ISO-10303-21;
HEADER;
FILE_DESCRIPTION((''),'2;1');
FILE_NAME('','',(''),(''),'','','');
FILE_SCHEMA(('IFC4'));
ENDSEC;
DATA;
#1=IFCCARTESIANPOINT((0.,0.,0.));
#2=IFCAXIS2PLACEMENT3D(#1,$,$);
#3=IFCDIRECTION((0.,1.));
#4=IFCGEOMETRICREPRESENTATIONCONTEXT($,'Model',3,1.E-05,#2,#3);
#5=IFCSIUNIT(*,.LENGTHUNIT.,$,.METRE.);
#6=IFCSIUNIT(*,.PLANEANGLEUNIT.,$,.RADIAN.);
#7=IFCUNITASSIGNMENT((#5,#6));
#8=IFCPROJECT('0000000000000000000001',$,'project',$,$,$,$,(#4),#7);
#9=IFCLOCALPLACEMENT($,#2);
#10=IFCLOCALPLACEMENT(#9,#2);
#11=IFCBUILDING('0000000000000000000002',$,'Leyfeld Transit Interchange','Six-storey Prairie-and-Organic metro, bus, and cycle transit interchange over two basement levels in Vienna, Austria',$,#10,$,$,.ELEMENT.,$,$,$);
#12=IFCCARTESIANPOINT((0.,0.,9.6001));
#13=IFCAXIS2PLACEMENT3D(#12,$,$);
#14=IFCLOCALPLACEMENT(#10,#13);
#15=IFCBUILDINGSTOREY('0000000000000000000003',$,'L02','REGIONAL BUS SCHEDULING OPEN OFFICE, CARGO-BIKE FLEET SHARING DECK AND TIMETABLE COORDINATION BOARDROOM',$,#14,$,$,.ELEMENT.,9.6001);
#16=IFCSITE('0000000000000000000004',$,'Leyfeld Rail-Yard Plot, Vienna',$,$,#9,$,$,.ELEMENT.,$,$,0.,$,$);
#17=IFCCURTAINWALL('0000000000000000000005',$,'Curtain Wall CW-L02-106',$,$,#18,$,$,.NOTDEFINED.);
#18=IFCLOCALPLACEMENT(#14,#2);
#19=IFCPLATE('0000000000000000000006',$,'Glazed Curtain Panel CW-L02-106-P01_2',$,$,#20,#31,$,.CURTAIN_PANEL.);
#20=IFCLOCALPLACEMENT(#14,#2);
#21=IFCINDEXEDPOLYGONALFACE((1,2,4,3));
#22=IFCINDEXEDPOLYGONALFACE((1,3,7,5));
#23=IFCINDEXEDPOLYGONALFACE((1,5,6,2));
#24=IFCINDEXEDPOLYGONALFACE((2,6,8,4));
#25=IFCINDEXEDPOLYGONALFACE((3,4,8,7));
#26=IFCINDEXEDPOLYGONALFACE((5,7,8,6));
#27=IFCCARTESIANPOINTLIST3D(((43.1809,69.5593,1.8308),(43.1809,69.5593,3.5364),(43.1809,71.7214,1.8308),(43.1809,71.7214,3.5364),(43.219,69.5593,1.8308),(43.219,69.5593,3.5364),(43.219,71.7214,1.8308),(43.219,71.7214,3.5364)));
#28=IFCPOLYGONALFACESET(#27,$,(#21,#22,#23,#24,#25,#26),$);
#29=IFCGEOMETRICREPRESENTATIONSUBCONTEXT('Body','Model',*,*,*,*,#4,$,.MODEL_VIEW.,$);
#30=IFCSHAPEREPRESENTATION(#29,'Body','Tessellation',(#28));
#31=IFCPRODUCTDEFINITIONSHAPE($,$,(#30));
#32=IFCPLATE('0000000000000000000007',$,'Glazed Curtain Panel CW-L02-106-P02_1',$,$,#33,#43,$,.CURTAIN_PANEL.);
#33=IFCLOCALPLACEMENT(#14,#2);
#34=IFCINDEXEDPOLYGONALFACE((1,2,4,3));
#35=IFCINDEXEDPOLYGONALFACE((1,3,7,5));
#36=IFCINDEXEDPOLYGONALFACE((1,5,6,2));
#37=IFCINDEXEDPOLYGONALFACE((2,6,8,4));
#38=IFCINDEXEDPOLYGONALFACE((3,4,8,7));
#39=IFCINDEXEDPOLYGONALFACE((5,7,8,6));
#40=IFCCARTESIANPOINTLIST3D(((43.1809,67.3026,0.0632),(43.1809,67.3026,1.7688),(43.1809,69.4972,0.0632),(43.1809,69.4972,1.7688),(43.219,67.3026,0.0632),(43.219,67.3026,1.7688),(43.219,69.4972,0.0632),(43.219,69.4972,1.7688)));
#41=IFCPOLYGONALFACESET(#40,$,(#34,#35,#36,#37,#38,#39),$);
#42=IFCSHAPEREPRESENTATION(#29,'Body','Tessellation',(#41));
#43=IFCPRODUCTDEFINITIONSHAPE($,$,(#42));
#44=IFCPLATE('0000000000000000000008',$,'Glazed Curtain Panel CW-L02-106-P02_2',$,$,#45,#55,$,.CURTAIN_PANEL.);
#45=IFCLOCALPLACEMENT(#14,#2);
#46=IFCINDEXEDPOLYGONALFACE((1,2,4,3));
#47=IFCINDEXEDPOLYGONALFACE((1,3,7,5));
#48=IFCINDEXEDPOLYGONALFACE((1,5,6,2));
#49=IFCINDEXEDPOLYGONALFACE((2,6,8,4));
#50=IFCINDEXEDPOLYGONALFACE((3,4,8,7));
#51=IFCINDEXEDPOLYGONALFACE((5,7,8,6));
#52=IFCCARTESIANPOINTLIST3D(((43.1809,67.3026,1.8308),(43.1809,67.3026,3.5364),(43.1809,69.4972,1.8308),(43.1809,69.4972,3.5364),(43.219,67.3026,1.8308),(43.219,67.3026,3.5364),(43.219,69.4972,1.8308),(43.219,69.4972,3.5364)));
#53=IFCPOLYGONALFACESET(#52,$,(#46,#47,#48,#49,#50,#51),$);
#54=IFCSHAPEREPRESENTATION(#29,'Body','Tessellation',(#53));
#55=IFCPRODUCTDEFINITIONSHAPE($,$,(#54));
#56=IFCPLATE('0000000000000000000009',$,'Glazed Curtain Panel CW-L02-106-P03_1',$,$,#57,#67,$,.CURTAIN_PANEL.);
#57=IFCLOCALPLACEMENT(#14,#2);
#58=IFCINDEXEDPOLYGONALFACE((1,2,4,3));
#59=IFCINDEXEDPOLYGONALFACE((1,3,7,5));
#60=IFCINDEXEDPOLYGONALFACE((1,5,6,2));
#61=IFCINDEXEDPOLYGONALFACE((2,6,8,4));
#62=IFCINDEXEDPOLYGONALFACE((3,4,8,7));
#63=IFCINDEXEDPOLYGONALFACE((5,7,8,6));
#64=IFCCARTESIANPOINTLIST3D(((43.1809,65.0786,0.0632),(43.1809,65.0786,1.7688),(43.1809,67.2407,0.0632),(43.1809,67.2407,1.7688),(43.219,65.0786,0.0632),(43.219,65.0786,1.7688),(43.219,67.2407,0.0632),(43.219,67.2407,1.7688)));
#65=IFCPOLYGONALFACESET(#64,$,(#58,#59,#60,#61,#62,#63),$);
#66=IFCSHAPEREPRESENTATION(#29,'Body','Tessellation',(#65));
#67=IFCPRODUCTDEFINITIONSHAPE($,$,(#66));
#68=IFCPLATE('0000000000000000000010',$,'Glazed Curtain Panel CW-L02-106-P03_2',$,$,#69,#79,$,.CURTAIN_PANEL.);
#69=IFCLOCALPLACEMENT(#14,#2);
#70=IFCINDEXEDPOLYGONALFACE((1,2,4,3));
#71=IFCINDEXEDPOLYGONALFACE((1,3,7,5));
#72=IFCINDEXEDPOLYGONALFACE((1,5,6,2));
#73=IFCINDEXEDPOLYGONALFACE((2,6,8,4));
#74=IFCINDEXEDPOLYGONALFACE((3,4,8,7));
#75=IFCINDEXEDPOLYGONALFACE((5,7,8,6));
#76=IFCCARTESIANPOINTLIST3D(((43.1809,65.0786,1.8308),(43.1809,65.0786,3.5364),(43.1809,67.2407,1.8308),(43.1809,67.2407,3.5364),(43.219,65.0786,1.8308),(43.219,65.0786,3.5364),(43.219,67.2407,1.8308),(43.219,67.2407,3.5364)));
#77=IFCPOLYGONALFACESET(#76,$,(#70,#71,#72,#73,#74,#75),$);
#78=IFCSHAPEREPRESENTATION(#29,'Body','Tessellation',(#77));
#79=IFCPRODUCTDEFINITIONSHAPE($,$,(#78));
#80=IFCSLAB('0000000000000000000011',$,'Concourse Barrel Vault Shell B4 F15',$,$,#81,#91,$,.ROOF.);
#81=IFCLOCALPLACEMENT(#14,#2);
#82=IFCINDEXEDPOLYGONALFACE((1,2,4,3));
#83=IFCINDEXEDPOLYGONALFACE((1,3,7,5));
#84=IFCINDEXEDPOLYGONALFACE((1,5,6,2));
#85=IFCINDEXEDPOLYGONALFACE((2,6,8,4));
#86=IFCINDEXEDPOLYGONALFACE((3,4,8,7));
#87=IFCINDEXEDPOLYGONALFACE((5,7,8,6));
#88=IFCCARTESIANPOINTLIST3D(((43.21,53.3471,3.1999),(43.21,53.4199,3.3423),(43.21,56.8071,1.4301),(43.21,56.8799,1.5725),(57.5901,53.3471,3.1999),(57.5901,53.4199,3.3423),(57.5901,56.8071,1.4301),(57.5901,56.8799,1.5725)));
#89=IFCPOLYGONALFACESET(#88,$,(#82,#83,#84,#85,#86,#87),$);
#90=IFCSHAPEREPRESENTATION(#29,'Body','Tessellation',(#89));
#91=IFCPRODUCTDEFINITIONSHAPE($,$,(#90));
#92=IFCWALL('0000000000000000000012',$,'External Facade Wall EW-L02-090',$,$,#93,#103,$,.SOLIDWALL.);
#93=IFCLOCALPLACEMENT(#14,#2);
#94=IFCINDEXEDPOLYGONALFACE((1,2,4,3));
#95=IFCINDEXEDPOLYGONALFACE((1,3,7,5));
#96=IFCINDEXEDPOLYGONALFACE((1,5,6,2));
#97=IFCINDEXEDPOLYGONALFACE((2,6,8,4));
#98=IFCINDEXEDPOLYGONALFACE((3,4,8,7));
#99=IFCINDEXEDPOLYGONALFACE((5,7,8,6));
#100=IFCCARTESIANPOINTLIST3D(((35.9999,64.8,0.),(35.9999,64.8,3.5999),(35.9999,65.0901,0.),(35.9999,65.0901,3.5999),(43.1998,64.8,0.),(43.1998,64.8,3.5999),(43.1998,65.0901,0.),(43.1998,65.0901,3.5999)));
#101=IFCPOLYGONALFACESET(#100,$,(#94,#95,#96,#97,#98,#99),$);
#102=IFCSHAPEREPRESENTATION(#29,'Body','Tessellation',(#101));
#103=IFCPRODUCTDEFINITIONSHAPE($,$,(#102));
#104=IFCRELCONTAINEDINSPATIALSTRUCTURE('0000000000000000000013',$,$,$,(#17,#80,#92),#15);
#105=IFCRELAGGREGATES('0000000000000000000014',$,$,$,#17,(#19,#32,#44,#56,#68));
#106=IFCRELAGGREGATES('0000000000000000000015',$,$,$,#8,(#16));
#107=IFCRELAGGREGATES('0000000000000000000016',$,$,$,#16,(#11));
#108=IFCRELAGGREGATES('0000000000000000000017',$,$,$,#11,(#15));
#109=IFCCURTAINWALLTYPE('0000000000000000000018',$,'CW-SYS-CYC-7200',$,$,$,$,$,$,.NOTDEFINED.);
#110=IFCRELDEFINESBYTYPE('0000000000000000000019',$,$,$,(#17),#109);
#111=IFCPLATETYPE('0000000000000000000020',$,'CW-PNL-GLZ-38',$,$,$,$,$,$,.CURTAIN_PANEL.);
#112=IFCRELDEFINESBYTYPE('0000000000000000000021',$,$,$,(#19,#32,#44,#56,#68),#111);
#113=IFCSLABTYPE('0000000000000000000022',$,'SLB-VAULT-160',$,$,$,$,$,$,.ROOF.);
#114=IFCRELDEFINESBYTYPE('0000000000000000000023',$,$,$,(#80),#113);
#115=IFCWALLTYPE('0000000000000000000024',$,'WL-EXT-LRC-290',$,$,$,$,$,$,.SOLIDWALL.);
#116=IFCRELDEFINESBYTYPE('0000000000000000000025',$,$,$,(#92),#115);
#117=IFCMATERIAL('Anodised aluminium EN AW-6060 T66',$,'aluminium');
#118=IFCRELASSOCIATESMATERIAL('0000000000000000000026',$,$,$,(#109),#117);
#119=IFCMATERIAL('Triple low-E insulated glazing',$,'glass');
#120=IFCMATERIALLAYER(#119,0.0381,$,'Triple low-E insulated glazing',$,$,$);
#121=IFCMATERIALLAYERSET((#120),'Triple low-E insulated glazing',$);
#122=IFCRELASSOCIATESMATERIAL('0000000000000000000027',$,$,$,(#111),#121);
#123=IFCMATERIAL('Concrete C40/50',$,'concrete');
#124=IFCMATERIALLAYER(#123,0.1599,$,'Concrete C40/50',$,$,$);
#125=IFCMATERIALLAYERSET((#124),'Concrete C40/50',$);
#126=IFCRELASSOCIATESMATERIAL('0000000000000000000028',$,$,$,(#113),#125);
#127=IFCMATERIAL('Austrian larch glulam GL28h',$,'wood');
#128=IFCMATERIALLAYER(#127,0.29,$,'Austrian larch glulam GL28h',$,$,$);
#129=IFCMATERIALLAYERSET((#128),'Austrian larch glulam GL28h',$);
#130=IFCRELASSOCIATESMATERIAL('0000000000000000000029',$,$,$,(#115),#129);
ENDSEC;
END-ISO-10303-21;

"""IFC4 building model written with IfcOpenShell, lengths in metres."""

from ifc_helpers import new_model, si_unit, direction, frame, frame_2d, origin, origin_2d, place, context, subcontext, project, spatial, polyline, rectangle, outline, extrude, material, layer, layer_set, type_object, element, aggregate, save


model = new_model("IFC4")

# Units and contexts
model_context = context("Model", 3, precision=1e-05, world=origin(), true_north=direction((0.0, 1.0)))
body_context = subcontext(model_context, "Body", "Model", "MODEL_VIEW")
ifc_project = project(units=[si_unit("LENGTHUNIT", "METRE"), si_unit("PLANEANGLEUNIT", "RADIAN")], contexts=[model_context])

# Site, building, storey
site_placement = place(None, origin())
site = spatial("IfcSite", under=ifc_project, at=site_placement, Name="Leyfeld Rail-Yard Plot, Vienna", CompositionType="ELEMENT", RefElevation=0.0)
building_placement = place(site_placement, origin())
building = spatial("IfcBuilding", under=site, at=building_placement, Name="Leyfeld Transit Interchange", Description="Six-storey Prairie-and-Organic metro, bus, and cycle transit interchange over two basement levels in Vienna, Austria", CompositionType="ELEMENT")
storey_placement = place(building_placement, frame((0.0, 0.0, 9.6001)))
storey = spatial("IfcBuildingStorey", under=building, at=storey_placement, Name="L02", Description="REGIONAL BUS SCHEDULING OPEN OFFICE, CARGO-BIKE FLEET SHARING DECK AND TIMETABLE COORDINATION BOARDROOM", CompositionType="ELEMENT", Elevation=9.6001)

# Curtain wall
ifc_material_1 = material(Name="Anodised aluminium EN AW-6060 T66", Category="aluminium")
curtain_wall_type = type_object("IfcCurtainWallType", Name="CW-SYS-CYC-7200", PredefinedType="NOTDEFINED", material=ifc_material_1)
curtain_wall_1_placement = place(storey_placement, origin())
curtain_wall_1 = element("IfcCurtainWall", 1, at=curtain_wall_1_placement, inside=storey, type_object=curtain_wall_type, Name="Curtain Wall CW-L02-106", PredefinedType="NOTDEFINED")

# Plates
ifc_material_2 = material(Name="Triple low-E insulated glazing", Category="glass")
ifc_layer_1 = layer(ifc_material_2, 0.0381, Name="Triple low-E insulated glazing")
ifc_layer_set_1 = layer_set([ifc_layer_1], Name="Triple low-E insulated glazing")
plate_type = type_object("IfcPlateType", Name="CW-PNL-GLZ-38", PredefinedType="CURTAIN_PANEL", material=ifc_layer_set_1)
plate_1_placement = place(storey_placement, frame((43.2, 70.6404, 1.8308), z_axis=(0.0, 0.0, 1.0), x_axis=(0.0, -1.0, 0.0)))
plate_1 = element("IfcPlate", 2, at=plate_1_placement, type_object=plate_type, Name="Glazed Curtain Panel CW-L02-106-P01_2", PredefinedType="CURTAIN_PANEL", context=body_context, shape_type="SweptSolid", body=[
    extrude(rectangle(XDim=2.1621, YDim=0.0381, at=origin_2d()), origin(), (0.0, 0.0, 1.0), 1.7056),
])
plate_2_placement = place(storey_placement, frame((43.2, 68.3999, 0.0632), z_axis=(0.0, 0.0, 1.0), x_axis=(0.0, -1.0, 0.0)))
plate_2 = element("IfcPlate", 3, at=plate_2_placement, type_object=plate_type, Name="Glazed Curtain Panel CW-L02-106-P02_1", PredefinedType="CURTAIN_PANEL", context=body_context, shape_type="SweptSolid", body=[
    extrude(rectangle(XDim=2.1946, YDim=0.0381, at=origin_2d()), origin(), (0.0, 0.0, 1.0), 1.7056),
])
plate_3_placement = place(storey_placement, frame((43.2, 68.3999, 1.8308), z_axis=(0.0, 0.0, 1.0), x_axis=(0.0, -1.0, 0.0)))
plate_3 = element("IfcPlate", 4, at=plate_3_placement, type_object=plate_type, Name="Glazed Curtain Panel CW-L02-106-P02_2", PredefinedType="CURTAIN_PANEL", context=body_context, shape_type="SweptSolid", body=[
    extrude(rectangle(XDim=2.1946, YDim=0.0381, at=origin_2d()), origin(), (0.0, 0.0, 1.0), 1.7056),
])
plate_4_placement = place(storey_placement, frame((43.2, 66.1597, 0.0632), z_axis=(0.0, 0.0, 1.0), x_axis=(0.0, -1.0, 0.0)))
plate_4 = element("IfcPlate", 5, at=plate_4_placement, type_object=plate_type, Name="Glazed Curtain Panel CW-L02-106-P03_1", PredefinedType="CURTAIN_PANEL", context=body_context, shape_type="SweptSolid", body=[
    extrude(rectangle(XDim=2.1621, YDim=0.0381, at=origin_2d()), origin(), (0.0, 0.0, 1.0), 1.7056),
])
plate_5_placement = place(storey_placement, frame((43.2, 66.1597, 1.8308), z_axis=(0.0, 0.0, 1.0), x_axis=(0.0, -1.0, 0.0)))
plate_5 = element("IfcPlate", 6, at=plate_5_placement, type_object=plate_type, Name="Glazed Curtain Panel CW-L02-106-P03_2", PredefinedType="CURTAIN_PANEL", context=body_context, shape_type="SweptSolid", body=[
    extrude(rectangle(XDim=2.1621, YDim=0.0381, at=origin_2d()), origin(), (0.0, 0.0, 1.0), 1.7056),
])
aggregate(curtain_wall_1, [plate_1, plate_2, plate_3, plate_4, plate_5])

# Slab
ifc_material_3 = material(Name="Concrete C40/50", Category="concrete")
ifc_layer_2 = layer(ifc_material_3, 0.1599, Name="Concrete C40/50")
ifc_layer_set_2 = layer_set([ifc_layer_2], Name="Concrete C40/50")
slab_type = type_object("IfcSlabType", Name="SLB-VAULT-160", PredefinedType="ROOF", material=ifc_layer_set_2)
slab_placement = place(storey_placement, frame((43.21, 53.4199, 3.3423), z_axis=(0.0, 0.455387, 0.890294), x_axis=(1.0, 0.0, 0.0)))
element("IfcSlab", 7, at=slab_placement, inside=storey, type_object=slab_type, Name="Concourse Barrel Vault Shell B4 F15", PredefinedType="ROOF", context=body_context, shape_type="SweptSolid", body=[
    extrude(outline(polyline([(0.0, 0.0), (14.3801, 0.0), (14.3801, 3.8863), (0.0, 3.8863), (0.0, 0.0)])), origin(), (0.0, 0.0, -1.0), 0.1599),
])

# Wall
ifc_material_4 = material(Name="Austrian larch glulam GL28h", Category="wood")
ifc_layer_3 = layer(ifc_material_4, 0.29, Name="Austrian larch glulam GL28h")
ifc_layer_set_3 = layer_set([ifc_layer_3], Name="Austrian larch glulam GL28h")
wall_type = type_object("IfcWallType", Name="WL-EXT-LRC-290", PredefinedType="SOLIDWALL", material=ifc_layer_set_3)
wall_placement = place(storey_placement, frame((43.2, 64.9451, 0.0), z_axis=(0.0, 0.0, 1.0), x_axis=(-1.0, 0.0, 0.0)))
element("IfcWall", 8, at=wall_placement, inside=storey, type_object=wall_type, Name="External Facade Wall EW-L02-090", PredefinedType="SOLIDWALL", context=body_context, shape_type="SweptSolid", body=[
    extrude(rectangle(XDim=7.2, YDim=0.29, at=frame_2d((3.6001, 0.0))), origin(), (0.0, 0.0, 1.0), 3.5999),
])

save(model, "model.ifc")
